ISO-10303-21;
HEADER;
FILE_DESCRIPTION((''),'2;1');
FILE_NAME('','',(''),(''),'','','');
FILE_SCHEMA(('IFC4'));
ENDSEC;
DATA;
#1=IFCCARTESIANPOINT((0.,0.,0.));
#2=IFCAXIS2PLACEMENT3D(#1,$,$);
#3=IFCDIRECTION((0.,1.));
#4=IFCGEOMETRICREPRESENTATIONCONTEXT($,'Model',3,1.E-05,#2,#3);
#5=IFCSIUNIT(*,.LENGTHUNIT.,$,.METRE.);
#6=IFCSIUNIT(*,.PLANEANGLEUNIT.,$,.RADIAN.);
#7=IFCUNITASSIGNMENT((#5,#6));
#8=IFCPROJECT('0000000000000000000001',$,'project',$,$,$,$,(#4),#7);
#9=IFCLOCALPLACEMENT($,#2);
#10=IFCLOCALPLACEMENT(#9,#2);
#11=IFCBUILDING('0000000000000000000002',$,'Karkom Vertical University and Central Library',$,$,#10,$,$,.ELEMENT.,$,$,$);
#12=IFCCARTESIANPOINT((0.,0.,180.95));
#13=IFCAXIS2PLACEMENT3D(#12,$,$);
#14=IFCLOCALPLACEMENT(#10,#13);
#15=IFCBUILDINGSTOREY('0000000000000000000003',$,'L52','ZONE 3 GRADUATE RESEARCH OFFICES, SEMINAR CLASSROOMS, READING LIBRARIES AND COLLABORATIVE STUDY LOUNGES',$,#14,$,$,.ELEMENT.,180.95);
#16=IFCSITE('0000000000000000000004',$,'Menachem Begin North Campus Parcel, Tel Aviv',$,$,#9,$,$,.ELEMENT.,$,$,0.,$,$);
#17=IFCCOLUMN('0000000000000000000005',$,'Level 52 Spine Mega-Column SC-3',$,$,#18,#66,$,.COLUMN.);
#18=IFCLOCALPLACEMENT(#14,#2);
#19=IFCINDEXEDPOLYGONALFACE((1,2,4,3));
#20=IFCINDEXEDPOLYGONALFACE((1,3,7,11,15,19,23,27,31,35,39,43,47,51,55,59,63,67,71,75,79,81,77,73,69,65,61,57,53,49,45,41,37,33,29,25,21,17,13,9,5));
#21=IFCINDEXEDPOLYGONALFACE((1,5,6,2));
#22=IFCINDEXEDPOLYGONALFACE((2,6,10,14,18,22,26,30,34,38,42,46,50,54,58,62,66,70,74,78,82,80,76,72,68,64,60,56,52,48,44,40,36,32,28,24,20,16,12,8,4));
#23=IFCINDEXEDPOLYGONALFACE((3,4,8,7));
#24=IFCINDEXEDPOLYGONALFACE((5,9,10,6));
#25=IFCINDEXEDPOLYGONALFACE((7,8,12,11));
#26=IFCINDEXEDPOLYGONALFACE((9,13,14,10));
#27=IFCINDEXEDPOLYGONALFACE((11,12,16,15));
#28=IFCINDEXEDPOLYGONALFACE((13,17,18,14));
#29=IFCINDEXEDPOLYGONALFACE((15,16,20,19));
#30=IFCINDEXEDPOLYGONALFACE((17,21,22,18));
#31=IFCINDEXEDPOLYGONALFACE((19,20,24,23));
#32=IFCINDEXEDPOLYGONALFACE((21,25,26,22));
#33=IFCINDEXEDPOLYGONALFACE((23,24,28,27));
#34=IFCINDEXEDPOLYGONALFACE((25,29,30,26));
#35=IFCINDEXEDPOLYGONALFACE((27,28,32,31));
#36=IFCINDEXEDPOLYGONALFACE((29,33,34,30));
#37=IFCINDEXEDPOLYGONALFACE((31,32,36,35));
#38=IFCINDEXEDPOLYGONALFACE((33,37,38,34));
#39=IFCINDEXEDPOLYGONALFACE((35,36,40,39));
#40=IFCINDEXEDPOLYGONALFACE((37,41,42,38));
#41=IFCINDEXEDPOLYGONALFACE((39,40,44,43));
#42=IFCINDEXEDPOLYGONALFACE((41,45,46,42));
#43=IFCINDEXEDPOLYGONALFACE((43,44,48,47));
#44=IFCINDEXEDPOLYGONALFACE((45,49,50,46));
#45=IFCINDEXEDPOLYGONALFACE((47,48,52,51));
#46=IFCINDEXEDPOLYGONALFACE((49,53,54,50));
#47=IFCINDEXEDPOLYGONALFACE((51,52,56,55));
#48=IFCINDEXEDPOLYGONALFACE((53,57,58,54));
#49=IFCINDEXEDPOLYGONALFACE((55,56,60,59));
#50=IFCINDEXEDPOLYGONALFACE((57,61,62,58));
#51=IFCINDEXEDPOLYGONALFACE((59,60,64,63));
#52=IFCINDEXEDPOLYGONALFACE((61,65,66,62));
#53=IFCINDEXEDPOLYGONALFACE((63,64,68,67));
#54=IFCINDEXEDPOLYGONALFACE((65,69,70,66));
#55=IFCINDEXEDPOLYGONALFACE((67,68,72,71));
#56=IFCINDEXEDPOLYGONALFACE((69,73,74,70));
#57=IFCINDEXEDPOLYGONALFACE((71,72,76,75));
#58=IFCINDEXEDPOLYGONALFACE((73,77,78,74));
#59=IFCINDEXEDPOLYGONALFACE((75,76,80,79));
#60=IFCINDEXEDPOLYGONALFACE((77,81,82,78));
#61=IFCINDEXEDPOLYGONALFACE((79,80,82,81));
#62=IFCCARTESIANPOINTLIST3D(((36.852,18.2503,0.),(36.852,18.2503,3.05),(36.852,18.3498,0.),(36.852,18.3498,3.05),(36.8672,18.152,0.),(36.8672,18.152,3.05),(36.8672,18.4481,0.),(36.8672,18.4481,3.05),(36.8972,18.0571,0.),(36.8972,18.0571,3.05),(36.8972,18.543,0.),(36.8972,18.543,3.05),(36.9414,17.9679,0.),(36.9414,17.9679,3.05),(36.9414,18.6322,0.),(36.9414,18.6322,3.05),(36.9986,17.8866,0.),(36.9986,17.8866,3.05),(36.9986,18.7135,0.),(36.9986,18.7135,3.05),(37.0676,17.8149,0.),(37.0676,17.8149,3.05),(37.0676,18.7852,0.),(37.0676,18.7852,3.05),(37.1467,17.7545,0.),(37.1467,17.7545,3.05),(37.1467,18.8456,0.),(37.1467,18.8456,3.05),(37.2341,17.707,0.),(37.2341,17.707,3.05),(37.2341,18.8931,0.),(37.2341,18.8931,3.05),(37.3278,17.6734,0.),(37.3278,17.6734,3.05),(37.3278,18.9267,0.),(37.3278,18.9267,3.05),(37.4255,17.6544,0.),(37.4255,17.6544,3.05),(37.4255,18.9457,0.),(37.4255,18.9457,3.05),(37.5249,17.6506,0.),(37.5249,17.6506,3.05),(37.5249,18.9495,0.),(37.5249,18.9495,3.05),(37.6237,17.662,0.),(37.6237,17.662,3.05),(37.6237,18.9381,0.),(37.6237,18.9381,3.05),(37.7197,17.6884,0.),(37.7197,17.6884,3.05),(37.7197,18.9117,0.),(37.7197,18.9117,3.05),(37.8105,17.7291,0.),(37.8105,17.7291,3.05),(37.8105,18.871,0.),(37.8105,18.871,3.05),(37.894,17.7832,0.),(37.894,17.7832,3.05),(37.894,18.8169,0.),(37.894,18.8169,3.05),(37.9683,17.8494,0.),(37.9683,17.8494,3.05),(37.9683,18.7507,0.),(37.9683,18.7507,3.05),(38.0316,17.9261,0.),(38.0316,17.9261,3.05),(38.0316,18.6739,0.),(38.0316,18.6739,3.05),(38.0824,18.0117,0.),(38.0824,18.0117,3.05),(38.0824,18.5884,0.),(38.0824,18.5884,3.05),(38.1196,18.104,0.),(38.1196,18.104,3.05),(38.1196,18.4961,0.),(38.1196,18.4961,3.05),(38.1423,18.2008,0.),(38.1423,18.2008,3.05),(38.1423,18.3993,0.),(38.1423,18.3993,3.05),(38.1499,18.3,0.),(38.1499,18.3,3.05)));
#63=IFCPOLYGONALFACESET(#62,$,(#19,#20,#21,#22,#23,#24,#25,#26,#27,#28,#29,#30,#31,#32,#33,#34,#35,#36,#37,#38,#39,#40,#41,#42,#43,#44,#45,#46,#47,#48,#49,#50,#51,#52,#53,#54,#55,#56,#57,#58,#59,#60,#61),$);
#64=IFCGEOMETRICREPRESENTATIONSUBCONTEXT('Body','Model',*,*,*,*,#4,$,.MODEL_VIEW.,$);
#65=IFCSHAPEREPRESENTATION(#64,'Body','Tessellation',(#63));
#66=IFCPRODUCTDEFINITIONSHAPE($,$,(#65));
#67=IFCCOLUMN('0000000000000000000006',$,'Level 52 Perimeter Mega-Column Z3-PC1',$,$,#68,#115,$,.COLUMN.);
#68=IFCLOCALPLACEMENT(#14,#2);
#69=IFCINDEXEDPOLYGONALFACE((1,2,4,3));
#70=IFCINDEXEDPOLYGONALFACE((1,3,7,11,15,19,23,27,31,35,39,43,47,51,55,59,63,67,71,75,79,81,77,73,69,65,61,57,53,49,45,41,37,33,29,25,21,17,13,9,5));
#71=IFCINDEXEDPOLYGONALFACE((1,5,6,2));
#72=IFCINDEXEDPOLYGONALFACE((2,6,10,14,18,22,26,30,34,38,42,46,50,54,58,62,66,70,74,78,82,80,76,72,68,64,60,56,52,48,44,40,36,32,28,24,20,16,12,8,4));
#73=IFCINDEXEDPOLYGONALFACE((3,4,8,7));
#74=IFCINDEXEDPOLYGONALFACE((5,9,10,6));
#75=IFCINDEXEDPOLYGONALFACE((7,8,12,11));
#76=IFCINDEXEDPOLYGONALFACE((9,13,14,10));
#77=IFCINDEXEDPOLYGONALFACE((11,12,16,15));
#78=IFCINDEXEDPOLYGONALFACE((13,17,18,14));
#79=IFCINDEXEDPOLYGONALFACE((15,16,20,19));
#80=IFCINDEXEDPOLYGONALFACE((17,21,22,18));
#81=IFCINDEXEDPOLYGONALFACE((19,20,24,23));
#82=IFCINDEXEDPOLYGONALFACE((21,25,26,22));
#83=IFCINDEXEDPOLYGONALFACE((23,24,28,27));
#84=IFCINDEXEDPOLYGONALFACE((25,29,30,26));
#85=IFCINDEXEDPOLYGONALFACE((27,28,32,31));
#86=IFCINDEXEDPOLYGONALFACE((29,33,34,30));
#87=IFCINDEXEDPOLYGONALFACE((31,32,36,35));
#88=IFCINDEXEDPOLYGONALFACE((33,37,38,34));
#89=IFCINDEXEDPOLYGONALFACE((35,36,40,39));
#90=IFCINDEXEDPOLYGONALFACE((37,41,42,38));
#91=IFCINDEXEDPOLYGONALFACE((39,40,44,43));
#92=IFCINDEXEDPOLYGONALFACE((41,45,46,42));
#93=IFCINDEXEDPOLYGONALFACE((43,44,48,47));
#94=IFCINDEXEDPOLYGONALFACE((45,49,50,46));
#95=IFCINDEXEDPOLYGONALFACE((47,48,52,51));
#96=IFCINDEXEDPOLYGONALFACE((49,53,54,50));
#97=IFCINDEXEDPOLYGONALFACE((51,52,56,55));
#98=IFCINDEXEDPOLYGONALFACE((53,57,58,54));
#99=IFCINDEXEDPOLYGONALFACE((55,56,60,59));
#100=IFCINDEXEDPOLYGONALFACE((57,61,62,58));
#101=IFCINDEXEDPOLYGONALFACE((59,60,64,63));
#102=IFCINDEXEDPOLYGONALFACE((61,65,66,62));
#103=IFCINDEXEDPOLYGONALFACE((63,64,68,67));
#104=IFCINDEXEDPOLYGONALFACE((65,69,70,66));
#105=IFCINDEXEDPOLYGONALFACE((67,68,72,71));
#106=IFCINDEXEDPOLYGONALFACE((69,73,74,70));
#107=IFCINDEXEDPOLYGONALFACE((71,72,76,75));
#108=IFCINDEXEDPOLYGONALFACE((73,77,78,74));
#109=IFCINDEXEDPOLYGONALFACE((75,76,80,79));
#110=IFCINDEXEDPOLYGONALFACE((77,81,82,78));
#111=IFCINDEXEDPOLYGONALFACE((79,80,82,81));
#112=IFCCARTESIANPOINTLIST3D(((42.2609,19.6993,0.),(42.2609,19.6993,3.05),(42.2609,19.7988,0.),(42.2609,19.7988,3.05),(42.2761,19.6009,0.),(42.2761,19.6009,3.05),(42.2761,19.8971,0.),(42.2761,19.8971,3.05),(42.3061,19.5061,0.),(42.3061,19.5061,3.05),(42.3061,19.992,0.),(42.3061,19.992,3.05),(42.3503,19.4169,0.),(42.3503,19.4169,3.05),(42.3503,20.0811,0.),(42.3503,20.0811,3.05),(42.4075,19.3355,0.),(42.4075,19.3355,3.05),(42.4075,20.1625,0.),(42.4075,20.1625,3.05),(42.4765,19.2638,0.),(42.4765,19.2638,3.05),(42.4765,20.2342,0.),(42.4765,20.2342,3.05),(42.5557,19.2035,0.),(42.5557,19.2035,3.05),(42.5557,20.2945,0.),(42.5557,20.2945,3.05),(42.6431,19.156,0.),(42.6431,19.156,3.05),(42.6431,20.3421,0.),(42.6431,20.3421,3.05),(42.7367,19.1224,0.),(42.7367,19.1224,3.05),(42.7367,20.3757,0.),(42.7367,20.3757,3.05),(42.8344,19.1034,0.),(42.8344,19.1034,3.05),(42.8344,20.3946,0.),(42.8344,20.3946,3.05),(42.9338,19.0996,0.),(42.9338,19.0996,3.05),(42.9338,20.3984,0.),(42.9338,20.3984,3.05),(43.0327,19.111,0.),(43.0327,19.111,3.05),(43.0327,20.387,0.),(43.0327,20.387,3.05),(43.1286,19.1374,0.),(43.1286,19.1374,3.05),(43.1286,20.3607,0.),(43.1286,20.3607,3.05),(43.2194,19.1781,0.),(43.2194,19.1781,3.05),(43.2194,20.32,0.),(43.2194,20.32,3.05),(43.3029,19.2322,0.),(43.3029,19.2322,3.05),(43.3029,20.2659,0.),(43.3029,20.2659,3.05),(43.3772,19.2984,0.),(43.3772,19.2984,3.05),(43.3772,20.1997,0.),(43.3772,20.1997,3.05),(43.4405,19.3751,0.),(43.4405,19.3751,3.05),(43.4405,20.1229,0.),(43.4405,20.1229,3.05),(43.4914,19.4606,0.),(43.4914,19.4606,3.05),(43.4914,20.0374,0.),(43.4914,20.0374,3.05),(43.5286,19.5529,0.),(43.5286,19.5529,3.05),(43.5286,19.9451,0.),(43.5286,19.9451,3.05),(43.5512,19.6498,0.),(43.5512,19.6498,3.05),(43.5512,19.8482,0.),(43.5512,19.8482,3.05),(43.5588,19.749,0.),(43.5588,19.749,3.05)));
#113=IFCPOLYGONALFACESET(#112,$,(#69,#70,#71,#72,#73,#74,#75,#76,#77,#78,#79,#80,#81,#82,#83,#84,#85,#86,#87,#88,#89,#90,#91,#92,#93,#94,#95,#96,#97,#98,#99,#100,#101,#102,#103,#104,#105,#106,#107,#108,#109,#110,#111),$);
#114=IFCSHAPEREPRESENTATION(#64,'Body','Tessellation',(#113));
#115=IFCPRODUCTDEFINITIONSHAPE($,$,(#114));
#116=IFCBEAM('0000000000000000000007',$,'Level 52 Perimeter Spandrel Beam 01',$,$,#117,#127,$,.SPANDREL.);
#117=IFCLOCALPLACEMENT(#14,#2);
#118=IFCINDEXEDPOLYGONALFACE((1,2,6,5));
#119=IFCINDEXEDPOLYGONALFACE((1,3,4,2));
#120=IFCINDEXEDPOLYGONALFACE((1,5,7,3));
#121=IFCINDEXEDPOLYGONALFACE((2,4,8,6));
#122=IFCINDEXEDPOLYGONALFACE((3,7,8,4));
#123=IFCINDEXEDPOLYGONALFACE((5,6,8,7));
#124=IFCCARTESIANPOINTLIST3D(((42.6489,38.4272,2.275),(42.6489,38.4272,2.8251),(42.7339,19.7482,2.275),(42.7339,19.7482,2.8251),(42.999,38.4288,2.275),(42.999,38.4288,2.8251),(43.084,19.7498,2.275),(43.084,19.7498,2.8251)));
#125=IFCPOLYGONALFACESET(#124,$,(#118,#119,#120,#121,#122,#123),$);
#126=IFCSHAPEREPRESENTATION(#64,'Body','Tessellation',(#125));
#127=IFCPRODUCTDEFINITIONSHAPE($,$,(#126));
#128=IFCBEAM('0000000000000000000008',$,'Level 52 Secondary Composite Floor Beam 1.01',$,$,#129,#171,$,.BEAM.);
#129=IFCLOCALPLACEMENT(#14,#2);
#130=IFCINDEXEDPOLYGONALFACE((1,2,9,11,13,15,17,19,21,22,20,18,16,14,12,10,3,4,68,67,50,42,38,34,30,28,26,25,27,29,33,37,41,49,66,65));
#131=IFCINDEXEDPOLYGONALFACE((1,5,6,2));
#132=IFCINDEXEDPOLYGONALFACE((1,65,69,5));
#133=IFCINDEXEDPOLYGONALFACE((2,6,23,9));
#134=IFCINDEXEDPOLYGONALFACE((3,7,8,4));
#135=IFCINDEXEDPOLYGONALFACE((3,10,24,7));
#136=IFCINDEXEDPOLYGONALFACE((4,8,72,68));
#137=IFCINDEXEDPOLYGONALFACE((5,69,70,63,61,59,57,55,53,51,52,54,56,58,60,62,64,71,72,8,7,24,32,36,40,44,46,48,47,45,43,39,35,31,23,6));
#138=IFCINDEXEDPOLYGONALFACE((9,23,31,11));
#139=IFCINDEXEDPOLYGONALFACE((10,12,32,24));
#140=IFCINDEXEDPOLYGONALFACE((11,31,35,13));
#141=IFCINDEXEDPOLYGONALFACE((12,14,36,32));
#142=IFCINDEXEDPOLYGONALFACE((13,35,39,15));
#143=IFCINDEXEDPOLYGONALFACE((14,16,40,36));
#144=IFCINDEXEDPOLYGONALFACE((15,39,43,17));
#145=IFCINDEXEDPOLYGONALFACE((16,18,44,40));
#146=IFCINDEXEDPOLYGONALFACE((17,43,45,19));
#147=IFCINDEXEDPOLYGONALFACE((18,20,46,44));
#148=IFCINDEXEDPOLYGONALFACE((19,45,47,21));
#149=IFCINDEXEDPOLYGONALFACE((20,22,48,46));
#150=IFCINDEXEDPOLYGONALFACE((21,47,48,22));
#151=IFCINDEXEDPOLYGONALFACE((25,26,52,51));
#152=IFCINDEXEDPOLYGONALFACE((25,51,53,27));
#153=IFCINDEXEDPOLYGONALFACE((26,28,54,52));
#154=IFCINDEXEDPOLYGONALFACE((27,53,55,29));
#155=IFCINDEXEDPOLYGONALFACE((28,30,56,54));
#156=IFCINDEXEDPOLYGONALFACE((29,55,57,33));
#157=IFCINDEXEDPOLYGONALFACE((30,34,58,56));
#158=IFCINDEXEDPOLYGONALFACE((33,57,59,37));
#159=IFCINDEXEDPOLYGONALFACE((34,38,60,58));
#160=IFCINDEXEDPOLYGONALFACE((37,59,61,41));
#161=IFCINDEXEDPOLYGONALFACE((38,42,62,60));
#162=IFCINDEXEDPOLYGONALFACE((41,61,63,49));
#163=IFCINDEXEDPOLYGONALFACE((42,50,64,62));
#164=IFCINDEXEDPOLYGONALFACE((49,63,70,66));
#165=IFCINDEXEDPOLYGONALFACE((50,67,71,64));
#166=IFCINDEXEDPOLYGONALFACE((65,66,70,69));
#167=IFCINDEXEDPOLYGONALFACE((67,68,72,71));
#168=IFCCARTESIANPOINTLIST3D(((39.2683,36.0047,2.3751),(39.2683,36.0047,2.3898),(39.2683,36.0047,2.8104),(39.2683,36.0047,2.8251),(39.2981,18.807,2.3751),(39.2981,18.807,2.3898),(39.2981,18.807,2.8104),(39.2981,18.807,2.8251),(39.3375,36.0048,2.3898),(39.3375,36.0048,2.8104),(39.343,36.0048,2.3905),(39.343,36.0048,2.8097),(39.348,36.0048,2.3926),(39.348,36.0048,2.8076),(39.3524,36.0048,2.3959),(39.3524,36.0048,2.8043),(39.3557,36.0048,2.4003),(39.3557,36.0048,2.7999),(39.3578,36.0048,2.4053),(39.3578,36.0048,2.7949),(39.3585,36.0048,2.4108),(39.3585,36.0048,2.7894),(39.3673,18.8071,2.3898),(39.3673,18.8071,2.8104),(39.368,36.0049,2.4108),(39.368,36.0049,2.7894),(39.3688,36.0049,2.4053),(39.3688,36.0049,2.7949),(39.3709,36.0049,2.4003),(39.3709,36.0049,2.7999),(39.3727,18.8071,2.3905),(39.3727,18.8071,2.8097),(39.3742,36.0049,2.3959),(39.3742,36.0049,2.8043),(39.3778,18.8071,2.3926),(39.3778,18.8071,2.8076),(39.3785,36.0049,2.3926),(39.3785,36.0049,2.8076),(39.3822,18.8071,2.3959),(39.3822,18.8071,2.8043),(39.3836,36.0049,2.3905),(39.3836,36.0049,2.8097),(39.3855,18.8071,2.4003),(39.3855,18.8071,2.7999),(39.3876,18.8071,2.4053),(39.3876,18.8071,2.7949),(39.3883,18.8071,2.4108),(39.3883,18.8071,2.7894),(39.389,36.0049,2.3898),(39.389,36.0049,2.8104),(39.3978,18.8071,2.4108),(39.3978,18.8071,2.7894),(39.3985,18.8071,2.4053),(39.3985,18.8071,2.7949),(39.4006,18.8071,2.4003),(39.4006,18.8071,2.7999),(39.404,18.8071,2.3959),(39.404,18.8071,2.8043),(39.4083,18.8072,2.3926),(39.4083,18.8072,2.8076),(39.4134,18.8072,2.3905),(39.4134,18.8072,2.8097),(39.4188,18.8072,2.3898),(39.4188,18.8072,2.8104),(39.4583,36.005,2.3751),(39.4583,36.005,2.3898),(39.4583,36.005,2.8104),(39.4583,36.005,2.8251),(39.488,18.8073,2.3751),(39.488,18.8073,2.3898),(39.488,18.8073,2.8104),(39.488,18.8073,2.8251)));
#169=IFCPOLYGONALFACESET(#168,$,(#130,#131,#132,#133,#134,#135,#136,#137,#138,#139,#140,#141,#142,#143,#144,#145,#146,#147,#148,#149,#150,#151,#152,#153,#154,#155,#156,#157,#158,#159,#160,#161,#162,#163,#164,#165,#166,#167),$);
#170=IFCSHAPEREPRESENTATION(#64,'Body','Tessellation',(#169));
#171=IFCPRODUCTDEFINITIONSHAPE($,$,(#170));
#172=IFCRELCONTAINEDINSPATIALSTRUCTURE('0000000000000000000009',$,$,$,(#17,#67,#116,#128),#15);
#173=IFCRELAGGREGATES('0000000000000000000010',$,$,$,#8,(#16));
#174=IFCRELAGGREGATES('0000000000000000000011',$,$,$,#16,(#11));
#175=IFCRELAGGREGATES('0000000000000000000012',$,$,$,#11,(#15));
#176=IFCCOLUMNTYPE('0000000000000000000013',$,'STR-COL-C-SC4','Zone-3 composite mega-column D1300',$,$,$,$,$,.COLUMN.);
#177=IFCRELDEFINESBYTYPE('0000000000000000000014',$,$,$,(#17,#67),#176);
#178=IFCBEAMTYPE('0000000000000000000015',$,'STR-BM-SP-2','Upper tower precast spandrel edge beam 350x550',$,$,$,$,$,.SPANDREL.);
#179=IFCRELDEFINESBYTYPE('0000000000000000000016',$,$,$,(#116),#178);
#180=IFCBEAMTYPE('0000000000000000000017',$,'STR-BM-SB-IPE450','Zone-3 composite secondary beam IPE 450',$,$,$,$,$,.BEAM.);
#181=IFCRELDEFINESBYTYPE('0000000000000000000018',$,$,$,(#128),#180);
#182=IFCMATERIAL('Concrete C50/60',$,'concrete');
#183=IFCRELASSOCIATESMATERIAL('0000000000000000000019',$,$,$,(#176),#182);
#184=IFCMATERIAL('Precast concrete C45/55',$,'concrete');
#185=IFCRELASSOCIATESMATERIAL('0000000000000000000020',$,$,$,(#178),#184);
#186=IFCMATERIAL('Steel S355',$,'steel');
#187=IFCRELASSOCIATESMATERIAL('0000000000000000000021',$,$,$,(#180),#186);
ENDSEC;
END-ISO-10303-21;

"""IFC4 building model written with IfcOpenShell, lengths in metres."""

from ifc_helpers import new_model, si_unit, direction, frame, origin, origin_with_axes, origin_2d, place, context, subcontext, project, spatial, rectangle, circle, i_section, extrude, source, transform, mapped, material, material_profile, profile_set, type_object, element, save


model = new_model("IFC4")

# Units and contexts
model_context = context("Model", 3, precision=1e-05, world=origin(), true_north=direction((0.0, 1.0)))
body_context = subcontext(model_context, "Body", "Model", "MODEL_VIEW")
ifc_project = project(units=[si_unit("LENGTHUNIT", "METRE"), si_unit("PLANEANGLEUNIT", "RADIAN")], contexts=[model_context])

# Site, building, storey
site_placement = place(None, origin())
site = spatial("IfcSite", under=ifc_project, at=site_placement, Name="Menachem Begin North Campus Parcel, Tel Aviv", CompositionType="ELEMENT", RefElevation=0.0)
building_placement = place(site_placement, origin())
building = spatial("IfcBuilding", under=site, at=building_placement, Name="Karkom Vertical University and Central Library", CompositionType="ELEMENT")
storey_placement = place(building_placement, frame((0.0, 0.0, 180.95)))
storey = spatial("IfcBuildingStorey", under=building, at=storey_placement, Name="L52", Description="ZONE 3 GRADUATE RESEARCH OFFICES, SEMINAR CLASSROOMS, READING LIBRARIES AND COLLABORATIVE STUDY LOUNGES", CompositionType="ELEMENT", Elevation=180.95)

# Columns
ifc_material_1 = material(Name="Concrete C50/60", Category="concrete")
ifc_material_profile_1 = material_profile(ifc_material_1, circle(Radius=0.6499, at=origin_2d()), Name="CFT-D1300")
ifc_profile_set_1 = profile_set([ifc_material_profile_1], Name="Concrete C50/60")
column_type = type_object("IfcColumnType", Name="STR-COL-C-SC4", Description="Zone-3 composite mega-column D1300", PredefinedType="COLUMN", material=ifc_profile_set_1)
shared_shape_1 = source(origin_with_axes(), body_context, "Body", "SweptSolid", [
    extrude(circle(Radius=0.6499, at=origin_2d()), origin(), (0.0, 0.0, 1.0), 3.05),
])
for number, where, z_axis, x_axis, name in (
    (1, (37.5, 18.3, 0.0), (0.0, 0.0, 1.0), (1.0, 0.0, 0.0), "Level 52 Spine Mega-Column SC-3"),
    (2, (42.9089, 19.749, 0.0), (0.0, 0.0, 1.0), (1.0, 0.0, 0.0), "Level 52 Perimeter Mega-Column Z3-PC1"),
):
    element("IfcColumn", number, at=place(storey_placement, frame(where, z_axis=z_axis, x_axis=x_axis)), inside=storey, type_object=column_type, Name=name, PredefinedType="COLUMN", context=body_context, shape_type="MappedRepresentation", body=[
        mapped(shared_shape_1, transform((0.0, 0.0, 0.0), scale=1.0)),
    ])

# Beams
ifc_material_2 = material(Name="Precast concrete C45/55", Category="concrete")
ifc_material_profile_2 = material_profile(ifc_material_2, rectangle(XDim=0.3501, YDim=0.55, at=origin_2d()), Name="SPB-350x550")
ifc_profile_set_2 = profile_set([ifc_material_profile_2], Name="Precast concrete C45/55")
beam_type_1 = type_object("IfcBeamType", Name="STR-BM-SP-2", Description="Upper tower precast spandrel edge beam 350x550", PredefinedType="SPANDREL", material=ifc_profile_set_2)
shared_shape_2 = source(origin_with_axes(), body_context, "Body", "SweptSolid", [
    extrude(rectangle(XDim=0.3501, YDim=0.55, at=origin_2d()), origin(), (0.0, 0.0, 1.0), 18.6792),
])
beam_1_placement = place(storey_placement, frame((42.9089, 19.749, 2.55), z_axis=(-0.004548, 0.99999, 0.0), x_axis=(-0.99999, -0.004548, 0.0)))
element("IfcBeam", 3, at=beam_1_placement, inside=storey, type_object=beam_type_1, Name="Level 52 Perimeter Spandrel Beam 01", PredefinedType="SPANDREL", context=body_context, shape_type="MappedRepresentation", body=[
    mapped(shared_shape_2, transform((0.0, 0.0, 0.0), scale=1.0)),
])
ifc_material_3 = material(Name="Steel S355", Category="steel")
ifc_material_profile_3 = material_profile(ifc_material_3, i_section(OverallWidth=0.1899, OverallDepth=0.45, WebThickness=0.0095, FlangeThickness=0.0146, FilletRadius=0.021, at=origin_2d()), Name="IPE 450")
ifc_profile_set_3 = profile_set([ifc_material_profile_3], Name="Steel S355")
beam_type_2 = type_object("IfcBeamType", Name="STR-BM-SB-IPE450", Description="Zone-3 composite secondary beam IPE 450", PredefinedType="BEAM", material=ifc_profile_set_3)
shared_shape_3 = source(origin_with_axes(), body_context, "Body", "SweptSolid", [
    extrude(i_section(OverallWidth=0.1899, OverallDepth=0.45, WebThickness=0.0095, FlangeThickness=0.0146, FilletRadius=0.021, at=origin_2d()), origin(), (0.0, 0.0, 1.0), 17.1978),
])
beam_2_placement = place(storey_placement, frame((39.3931, 18.8071, 2.6001), z_axis=(-0.001732, 0.999999, 0.0), x_axis=(-0.999999, -0.001732, 0.0)))
element("IfcBeam", 4, at=beam_2_placement, inside=storey, type_object=beam_type_2, Name="Level 52 Secondary Composite Floor Beam 1.01", PredefinedType="BEAM", context=body_context, shape_type="MappedRepresentation", body=[
    mapped(shared_shape_3, transform((0.0, 0.0, 0.0), scale=1.0)),
])

save(model, "model.ifc")
